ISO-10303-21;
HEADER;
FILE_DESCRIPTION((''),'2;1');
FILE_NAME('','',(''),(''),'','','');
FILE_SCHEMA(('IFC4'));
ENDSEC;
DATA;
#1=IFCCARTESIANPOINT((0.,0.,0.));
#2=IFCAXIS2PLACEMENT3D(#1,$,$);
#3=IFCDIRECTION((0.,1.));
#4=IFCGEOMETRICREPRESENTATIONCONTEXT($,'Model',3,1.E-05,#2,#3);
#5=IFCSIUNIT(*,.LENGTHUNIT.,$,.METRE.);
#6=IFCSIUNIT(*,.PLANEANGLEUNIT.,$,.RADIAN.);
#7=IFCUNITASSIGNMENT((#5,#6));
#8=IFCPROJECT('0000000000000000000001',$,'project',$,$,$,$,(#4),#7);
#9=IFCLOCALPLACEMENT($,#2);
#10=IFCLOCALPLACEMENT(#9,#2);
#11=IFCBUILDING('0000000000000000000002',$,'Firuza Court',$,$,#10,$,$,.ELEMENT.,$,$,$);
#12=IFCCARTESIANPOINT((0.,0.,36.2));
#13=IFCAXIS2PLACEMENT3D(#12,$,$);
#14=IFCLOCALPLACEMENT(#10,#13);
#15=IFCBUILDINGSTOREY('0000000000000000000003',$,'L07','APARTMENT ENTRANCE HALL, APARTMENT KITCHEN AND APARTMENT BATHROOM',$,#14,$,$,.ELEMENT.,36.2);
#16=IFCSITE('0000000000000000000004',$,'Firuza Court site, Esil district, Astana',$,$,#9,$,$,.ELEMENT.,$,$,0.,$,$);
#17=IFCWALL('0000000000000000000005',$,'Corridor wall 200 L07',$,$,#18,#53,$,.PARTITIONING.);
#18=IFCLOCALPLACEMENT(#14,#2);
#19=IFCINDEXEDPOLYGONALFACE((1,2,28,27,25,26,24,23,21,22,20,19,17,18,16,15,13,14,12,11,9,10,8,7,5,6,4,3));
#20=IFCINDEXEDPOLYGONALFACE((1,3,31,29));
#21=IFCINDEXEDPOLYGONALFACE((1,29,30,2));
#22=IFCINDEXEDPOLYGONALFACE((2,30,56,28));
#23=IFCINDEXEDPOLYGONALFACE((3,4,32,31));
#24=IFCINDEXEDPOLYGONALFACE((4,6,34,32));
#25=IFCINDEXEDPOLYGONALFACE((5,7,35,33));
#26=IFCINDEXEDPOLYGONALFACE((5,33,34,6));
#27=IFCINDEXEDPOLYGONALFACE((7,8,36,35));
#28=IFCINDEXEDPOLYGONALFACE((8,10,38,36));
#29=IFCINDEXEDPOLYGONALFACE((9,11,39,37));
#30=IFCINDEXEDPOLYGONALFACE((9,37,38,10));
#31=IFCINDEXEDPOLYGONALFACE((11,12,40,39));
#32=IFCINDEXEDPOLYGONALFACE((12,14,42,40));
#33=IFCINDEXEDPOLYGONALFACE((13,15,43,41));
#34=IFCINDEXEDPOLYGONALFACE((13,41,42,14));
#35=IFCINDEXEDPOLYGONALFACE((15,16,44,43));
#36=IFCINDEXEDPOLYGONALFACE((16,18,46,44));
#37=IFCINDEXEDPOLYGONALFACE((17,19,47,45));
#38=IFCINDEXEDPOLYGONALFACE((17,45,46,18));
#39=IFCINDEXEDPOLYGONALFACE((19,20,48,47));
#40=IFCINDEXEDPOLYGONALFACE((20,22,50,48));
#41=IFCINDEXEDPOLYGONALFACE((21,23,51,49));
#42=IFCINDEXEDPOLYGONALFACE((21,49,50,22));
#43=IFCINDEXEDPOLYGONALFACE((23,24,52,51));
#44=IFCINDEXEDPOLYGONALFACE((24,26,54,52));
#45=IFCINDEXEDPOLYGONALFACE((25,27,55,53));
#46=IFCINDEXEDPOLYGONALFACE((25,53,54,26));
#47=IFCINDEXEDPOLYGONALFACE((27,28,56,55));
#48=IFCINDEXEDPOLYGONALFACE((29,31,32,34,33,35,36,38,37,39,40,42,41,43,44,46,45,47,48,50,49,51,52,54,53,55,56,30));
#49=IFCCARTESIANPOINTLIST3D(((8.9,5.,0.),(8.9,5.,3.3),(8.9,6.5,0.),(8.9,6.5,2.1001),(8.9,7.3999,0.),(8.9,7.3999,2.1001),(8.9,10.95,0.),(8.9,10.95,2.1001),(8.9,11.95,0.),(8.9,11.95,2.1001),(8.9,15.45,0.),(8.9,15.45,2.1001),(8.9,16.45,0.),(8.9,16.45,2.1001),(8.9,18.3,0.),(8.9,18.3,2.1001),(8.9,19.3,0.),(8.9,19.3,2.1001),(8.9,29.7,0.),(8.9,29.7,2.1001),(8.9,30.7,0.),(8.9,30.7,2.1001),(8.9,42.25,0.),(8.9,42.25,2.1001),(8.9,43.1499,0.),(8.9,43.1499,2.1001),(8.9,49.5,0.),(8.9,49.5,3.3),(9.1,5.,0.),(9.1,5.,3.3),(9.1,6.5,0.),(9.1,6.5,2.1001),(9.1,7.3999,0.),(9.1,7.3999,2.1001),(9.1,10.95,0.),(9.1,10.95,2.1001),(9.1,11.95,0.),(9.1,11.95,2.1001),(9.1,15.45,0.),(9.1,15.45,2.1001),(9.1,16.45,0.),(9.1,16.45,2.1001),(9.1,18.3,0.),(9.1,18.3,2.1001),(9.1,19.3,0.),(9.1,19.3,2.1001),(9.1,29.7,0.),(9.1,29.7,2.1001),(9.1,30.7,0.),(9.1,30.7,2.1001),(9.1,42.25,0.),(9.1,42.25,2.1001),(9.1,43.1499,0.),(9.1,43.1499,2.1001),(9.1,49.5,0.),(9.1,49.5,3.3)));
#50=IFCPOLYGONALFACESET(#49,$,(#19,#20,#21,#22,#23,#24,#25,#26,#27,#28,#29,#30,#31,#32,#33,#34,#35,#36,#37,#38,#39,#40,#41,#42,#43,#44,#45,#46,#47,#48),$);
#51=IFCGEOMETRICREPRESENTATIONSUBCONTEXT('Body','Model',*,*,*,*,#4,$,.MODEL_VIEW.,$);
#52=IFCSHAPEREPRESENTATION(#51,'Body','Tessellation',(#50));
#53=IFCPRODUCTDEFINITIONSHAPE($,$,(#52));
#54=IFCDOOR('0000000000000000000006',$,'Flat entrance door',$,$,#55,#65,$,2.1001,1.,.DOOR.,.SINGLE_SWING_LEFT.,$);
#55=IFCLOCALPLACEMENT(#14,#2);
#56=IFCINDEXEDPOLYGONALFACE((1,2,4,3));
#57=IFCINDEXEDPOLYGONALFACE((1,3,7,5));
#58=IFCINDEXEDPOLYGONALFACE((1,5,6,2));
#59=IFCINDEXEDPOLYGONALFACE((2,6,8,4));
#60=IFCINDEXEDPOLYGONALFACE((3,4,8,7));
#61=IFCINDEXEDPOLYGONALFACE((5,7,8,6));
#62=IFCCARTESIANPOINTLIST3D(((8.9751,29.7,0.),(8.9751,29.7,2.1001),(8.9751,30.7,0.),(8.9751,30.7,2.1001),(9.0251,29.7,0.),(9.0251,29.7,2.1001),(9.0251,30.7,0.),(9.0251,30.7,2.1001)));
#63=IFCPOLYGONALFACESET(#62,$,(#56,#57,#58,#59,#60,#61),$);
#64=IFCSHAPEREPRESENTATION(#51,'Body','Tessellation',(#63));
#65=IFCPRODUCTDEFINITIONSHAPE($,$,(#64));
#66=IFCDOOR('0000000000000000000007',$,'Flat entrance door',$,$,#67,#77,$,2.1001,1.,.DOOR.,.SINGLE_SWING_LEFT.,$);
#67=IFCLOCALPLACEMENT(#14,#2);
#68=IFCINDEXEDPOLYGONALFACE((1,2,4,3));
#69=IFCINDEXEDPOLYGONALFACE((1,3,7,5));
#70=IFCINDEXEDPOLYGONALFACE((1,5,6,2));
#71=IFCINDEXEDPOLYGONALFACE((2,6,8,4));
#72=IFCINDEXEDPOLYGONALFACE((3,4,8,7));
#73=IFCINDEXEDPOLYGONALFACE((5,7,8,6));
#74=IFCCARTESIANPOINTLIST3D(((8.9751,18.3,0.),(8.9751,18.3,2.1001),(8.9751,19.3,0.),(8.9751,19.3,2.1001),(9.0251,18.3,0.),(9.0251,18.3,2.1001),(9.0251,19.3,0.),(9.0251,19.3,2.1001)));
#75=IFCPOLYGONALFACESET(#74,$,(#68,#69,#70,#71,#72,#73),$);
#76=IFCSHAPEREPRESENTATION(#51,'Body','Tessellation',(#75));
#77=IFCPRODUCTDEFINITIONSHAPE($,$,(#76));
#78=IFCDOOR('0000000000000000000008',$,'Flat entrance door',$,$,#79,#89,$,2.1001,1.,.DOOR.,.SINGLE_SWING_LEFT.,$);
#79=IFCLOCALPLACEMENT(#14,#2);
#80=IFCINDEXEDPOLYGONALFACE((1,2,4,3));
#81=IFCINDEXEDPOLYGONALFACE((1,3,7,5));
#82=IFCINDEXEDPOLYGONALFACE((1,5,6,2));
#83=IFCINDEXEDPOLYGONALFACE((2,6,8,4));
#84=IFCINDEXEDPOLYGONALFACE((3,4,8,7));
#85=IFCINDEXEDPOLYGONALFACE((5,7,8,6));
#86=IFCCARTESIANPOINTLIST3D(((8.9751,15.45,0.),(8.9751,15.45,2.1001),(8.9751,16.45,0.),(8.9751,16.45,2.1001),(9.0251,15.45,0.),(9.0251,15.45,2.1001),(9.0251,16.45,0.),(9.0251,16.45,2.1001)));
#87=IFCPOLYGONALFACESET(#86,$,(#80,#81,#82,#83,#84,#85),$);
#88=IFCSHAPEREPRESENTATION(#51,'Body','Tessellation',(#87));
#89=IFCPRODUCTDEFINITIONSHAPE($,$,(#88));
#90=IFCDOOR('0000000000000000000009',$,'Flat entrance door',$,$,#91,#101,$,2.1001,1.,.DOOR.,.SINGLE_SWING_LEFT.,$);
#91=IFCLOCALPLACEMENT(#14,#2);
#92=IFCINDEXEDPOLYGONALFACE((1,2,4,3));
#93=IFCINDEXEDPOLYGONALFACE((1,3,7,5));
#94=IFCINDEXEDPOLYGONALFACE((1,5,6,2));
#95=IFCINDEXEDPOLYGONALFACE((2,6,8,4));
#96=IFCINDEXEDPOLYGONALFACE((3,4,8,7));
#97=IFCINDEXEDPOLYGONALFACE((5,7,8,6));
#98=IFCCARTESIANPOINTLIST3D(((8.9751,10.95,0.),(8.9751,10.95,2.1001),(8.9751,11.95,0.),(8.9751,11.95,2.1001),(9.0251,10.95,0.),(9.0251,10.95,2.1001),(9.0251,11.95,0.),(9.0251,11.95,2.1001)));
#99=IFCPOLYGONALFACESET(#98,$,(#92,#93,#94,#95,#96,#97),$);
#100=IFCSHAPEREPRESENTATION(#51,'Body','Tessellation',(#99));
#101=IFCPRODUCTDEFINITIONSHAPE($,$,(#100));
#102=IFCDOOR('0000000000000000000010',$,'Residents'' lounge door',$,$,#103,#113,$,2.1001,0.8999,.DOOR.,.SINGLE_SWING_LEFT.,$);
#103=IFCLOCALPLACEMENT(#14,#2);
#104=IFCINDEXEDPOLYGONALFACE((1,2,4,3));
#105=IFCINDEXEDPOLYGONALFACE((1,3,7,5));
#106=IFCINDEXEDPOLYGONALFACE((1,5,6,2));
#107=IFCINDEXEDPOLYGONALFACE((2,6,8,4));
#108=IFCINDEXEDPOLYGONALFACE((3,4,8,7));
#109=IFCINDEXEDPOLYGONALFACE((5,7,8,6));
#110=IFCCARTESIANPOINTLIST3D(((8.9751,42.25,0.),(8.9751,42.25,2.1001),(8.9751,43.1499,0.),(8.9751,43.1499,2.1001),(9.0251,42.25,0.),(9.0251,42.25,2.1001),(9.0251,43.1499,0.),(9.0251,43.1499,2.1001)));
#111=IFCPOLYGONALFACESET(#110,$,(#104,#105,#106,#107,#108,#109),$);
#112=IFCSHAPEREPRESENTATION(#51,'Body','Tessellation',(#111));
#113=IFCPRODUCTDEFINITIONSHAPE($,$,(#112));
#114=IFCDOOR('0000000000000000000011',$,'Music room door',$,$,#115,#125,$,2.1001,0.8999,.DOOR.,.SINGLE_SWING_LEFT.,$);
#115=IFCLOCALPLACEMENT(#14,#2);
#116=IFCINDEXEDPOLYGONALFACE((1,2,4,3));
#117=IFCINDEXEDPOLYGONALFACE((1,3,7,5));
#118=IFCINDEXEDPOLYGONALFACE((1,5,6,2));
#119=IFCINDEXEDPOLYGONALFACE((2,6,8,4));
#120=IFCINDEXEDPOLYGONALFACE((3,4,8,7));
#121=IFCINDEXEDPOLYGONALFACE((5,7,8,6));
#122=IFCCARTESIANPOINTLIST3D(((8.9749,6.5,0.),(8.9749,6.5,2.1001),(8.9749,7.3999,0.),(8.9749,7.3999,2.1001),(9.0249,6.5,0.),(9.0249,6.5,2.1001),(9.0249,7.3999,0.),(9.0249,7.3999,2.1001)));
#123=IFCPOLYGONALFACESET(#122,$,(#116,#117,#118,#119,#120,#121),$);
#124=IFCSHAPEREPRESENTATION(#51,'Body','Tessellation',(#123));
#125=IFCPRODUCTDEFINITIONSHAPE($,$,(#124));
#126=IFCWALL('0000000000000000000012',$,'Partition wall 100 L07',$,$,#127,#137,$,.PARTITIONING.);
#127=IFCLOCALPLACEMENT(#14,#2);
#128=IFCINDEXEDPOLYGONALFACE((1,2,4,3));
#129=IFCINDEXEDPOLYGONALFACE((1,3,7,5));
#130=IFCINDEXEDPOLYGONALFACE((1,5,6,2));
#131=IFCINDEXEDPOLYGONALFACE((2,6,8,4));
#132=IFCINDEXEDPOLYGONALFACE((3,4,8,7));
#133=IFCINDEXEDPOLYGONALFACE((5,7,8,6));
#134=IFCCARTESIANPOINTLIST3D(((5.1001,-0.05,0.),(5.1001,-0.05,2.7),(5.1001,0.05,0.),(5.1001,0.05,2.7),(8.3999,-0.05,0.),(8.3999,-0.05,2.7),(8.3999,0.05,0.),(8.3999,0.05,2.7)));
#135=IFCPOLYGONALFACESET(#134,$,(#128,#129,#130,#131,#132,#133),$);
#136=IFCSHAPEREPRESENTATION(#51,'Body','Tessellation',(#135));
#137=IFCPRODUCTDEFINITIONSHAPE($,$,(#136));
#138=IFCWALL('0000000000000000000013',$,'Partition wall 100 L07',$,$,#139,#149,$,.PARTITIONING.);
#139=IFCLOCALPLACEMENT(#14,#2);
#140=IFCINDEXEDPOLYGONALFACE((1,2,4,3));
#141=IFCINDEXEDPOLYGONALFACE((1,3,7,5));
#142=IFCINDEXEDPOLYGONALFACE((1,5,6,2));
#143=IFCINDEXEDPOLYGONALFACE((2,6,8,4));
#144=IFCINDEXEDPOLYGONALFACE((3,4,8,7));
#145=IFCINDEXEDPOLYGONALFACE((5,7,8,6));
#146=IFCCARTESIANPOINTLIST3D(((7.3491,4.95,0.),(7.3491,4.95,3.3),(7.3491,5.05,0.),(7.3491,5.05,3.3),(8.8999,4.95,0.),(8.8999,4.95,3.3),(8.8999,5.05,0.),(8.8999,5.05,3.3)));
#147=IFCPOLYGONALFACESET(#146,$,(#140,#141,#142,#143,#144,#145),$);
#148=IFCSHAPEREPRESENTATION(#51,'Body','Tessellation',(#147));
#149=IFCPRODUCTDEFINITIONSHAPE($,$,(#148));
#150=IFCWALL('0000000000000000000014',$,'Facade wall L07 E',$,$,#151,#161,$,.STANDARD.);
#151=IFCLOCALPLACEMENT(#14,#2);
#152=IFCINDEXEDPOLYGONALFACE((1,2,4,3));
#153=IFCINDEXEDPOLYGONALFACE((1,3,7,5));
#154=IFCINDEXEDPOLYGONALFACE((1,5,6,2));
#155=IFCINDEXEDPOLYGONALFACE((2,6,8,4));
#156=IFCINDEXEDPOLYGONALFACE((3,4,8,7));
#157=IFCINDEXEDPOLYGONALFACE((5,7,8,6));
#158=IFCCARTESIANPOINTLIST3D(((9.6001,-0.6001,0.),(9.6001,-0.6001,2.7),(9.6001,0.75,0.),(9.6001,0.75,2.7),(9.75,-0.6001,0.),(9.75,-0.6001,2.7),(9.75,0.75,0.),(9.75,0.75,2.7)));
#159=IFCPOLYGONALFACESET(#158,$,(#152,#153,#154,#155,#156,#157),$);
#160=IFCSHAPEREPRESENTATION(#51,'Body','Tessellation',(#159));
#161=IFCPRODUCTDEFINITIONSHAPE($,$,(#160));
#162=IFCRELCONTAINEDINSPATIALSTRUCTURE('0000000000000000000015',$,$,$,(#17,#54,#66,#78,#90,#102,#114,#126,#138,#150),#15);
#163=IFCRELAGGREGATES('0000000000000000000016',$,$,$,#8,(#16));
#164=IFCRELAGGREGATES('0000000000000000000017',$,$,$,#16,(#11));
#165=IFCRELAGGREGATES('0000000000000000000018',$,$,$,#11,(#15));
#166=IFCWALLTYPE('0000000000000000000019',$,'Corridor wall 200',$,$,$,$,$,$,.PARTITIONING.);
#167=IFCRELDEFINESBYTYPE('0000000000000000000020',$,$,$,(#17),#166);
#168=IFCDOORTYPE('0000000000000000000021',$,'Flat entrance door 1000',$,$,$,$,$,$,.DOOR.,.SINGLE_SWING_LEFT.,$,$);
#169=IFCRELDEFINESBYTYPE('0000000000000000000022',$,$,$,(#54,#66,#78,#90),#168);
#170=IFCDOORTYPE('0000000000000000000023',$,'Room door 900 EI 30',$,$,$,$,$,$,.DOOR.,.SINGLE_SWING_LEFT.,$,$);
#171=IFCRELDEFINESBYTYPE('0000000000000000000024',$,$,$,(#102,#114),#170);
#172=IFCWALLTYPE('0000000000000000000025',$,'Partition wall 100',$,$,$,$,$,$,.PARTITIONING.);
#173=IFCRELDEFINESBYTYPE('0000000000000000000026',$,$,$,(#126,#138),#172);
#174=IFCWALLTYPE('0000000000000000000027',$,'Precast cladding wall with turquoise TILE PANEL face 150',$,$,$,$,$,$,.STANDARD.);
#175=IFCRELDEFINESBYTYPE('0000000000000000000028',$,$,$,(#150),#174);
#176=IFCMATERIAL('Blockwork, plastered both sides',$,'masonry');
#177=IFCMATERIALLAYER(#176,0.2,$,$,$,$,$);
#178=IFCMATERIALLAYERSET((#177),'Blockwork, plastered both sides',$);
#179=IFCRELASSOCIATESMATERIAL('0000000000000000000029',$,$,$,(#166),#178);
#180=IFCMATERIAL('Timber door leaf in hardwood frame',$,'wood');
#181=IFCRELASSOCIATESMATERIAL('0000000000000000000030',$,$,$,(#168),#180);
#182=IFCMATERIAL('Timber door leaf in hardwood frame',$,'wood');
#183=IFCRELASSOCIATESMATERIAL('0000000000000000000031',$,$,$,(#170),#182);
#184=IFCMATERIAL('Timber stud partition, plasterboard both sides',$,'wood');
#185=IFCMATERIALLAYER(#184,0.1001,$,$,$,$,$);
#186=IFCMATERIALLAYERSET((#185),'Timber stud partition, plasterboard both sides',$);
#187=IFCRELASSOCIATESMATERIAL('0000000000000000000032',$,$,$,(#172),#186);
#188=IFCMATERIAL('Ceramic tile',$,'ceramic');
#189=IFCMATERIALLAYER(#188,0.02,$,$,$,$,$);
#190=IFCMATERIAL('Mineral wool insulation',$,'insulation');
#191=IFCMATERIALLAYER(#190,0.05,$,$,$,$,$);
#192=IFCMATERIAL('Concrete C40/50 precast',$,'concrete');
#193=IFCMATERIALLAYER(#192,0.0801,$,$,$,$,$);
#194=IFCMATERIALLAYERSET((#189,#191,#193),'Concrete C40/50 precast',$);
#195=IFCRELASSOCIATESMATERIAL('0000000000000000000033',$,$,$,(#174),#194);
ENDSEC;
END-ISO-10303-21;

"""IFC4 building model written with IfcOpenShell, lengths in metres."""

from ifc_helpers import new_model, si_unit, direction, frame, frame_2d, origin, place, context, subcontext, project, spatial, rectangle, extrude, material, layer, layer_set, type_object, element, fill, save


model = new_model("IFC4")

# Units and contexts
model_context = context("Model", 3, precision=1e-05, world=origin(), true_north=direction((0.0, 1.0)))
body_context = subcontext(model_context, "Body", "Model", "MODEL_VIEW")
ifc_project = project(units=[si_unit("LENGTHUNIT", "METRE"), si_unit("PLANEANGLEUNIT", "RADIAN")], contexts=[model_context])

# Site, building, storey
site_placement = place(None, origin())
site = spatial("IfcSite", under=ifc_project, at=site_placement, Name="Firuza Court site, Esil district, Astana", CompositionType="ELEMENT", RefElevation=0.0)
building_placement = place(site_placement, origin())
building = spatial("IfcBuilding", under=site, at=building_placement, Name="Firuza Court", CompositionType="ELEMENT")
storey_placement = place(building_placement, frame((0.0, 0.0, 36.2)))
storey = spatial("IfcBuildingStorey", under=building, at=storey_placement, Name="L07", Description="APARTMENT ENTRANCE HALL, APARTMENT KITCHEN AND APARTMENT BATHROOM", CompositionType="ELEMENT", Elevation=36.2)

# Wall, openings, doors
ifc_material_1 = material(Name="Blockwork, plastered both sides", Category="masonry")
ifc_layer_1 = layer(ifc_material_1, 0.2)
ifc_layer_set_1 = layer_set([ifc_layer_1], Name="Blockwork, plastered both sides")
wall_type_1 = type_object("IfcWallType", Name="Corridor wall 200", PredefinedType="PARTITIONING", material=ifc_layer_set_1)
wall_1_placement = place(storey_placement, frame((9.0, 5.0, 0.0), z_axis=(0.0, 0.0, 1.0), x_axis=(0.0, 1.0, 0.0)))
wall_1 = element("IfcWall", 1, at=wall_1_placement, inside=storey, type_object=wall_type_1, Name="Corridor wall 200 L07", PredefinedType="PARTITIONING", context=body_context, shape_type="SweptSolid", body=[
    extrude(rectangle(XDim=44.5, YDim=0.2, at=frame_2d((22.25, 0.0))), origin(), (0.0, 0.0, 1.0), 3.3),
])
opening_1_placement = place(wall_1_placement, frame((24.7, 0.0, 0.0)))
opening_1 = element("IfcOpeningElement", 2, at=opening_1_placement, cuts=wall_1, PredefinedType="OPENING", context=body_context, shape_type="SweptSolid", body=[
    extrude(rectangle(XDim=1.0, YDim=2.1001, at=frame_2d((0.5, 1.05))), frame((0.0, 0.1118, 0.0), z_axis=(0.0, -1.0, 0.0), x_axis=(1.0, 0.0, 0.0)), (0.0, 0.0, 1.0), 0.2239),
])
opening_2_placement = place(wall_1_placement, frame((13.3, 0.0, 0.0)))
opening_2 = element("IfcOpeningElement", 3, at=opening_2_placement, cuts=wall_1, PredefinedType="OPENING", context=body_context, shape_type="SweptSolid", body=[
    extrude(rectangle(XDim=1.0, YDim=2.1001, at=frame_2d((0.5, 1.05))), frame((0.0, 0.1118, 0.0), z_axis=(0.0, -1.0, 0.0), x_axis=(1.0, 0.0, 0.0)), (0.0, 0.0, 1.0), 0.2239),
])
opening_3_placement = place(wall_1_placement, frame((10.45, 0.0, 0.0)))
opening_3 = element("IfcOpeningElement", 4, at=opening_3_placement, cuts=wall_1, PredefinedType="OPENING", context=body_context, shape_type="SweptSolid", body=[
    extrude(rectangle(XDim=1.0, YDim=2.1001, at=frame_2d((0.5, 1.05))), frame((0.0, 0.1118, 0.0), z_axis=(0.0, -1.0, 0.0), x_axis=(1.0, 0.0, 0.0)), (0.0, 0.0, 1.0), 0.2239),
])
opening_4_placement = place(wall_1_placement, frame((5.95, 0.0, 0.0)))
opening_4 = element("IfcOpeningElement", 5, at=opening_4_placement, cuts=wall_1, PredefinedType="OPENING", context=body_context, shape_type="SweptSolid", body=[
    extrude(rectangle(XDim=1.0, YDim=2.1001, at=frame_2d((0.5, 1.05))), frame((0.0, 0.1118, 0.0), z_axis=(0.0, -1.0, 0.0), x_axis=(1.0, 0.0, 0.0)), (0.0, 0.0, 1.0), 0.2239),
])
opening_5_placement = place(wall_1_placement, frame((37.25, 0.0, 0.0)))
opening_5 = element("IfcOpeningElement", 6, at=opening_5_placement, cuts=wall_1, PredefinedType="OPENING", context=body_context, shape_type="SweptSolid", body=[
    extrude(rectangle(XDim=0.8999, YDim=2.1001, at=frame_2d((0.45, 1.05))), frame((0.0, 0.1118, 0.0), z_axis=(0.0, -1.0, 0.0), x_axis=(1.0, 0.0, 0.0)), (0.0, 0.0, 1.0), 0.2239),
])
opening_6_placement = place(wall_1_placement, frame((1.5, 0.0, 0.0)))
opening_6 = element("IfcOpeningElement", 7, at=opening_6_placement, cuts=wall_1, PredefinedType="OPENING", context=body_context, shape_type="SweptSolid", body=[
    extrude(rectangle(XDim=0.8999, YDim=2.1001, at=frame_2d((0.45, 1.05))), frame((0.0, 0.1118, 0.0), z_axis=(0.0, -1.0, 0.0), x_axis=(1.0, 0.0, 0.0)), (0.0, 0.0, 1.0), 0.2239),
])
ifc_material_2 = material(Name="Timber door leaf in hardwood frame", Category="wood")
door_type_1 = type_object("IfcDoorType", Name="Flat entrance door 1000", OperationType="SINGLE_SWING_LEFT", PredefinedType="DOOR", material=ifc_material_2)
door_1_placement = place(opening_1_placement, origin())
door_1 = element("IfcDoor", 8, at=door_1_placement, inside=storey, type_object=door_type_1, Name="Flat entrance door", OperationType="SINGLE_SWING_LEFT", OverallHeight=2.1001, OverallWidth=1.0, PredefinedType="DOOR", context=body_context, shape_type="SweptSolid", body=[
    extrude(rectangle(XDim=1.0, YDim=2.1001, at=frame_2d((0.5, 1.05))), frame((0.0, 0.0249, 0.0), z_axis=(0.0, -1.0, 0.0), x_axis=(1.0, 0.0, 0.0)), (0.0, 0.0, 1.0), 0.05),
])
fill(opening_1, door_1)
door_2_placement = place(opening_2_placement, origin())
door_2 = element("IfcDoor", 9, at=door_2_placement, inside=storey, type_object=door_type_1, Name="Flat entrance door", OperationType="SINGLE_SWING_LEFT", OverallHeight=2.1001, OverallWidth=1.0, PredefinedType="DOOR", context=body_context, shape_type="SweptSolid", body=[
    extrude(rectangle(XDim=1.0, YDim=2.1001, at=frame_2d((0.5, 1.05))), frame((0.0, 0.0249, 0.0), z_axis=(0.0, -1.0, 0.0), x_axis=(1.0, 0.0, 0.0)), (0.0, 0.0, 1.0), 0.05),
])
fill(opening_2, door_2)
door_3_placement = place(opening_3_placement, origin())
door_3 = element("IfcDoor", 10, at=door_3_placement, inside=storey, type_object=door_type_1, Name="Flat entrance door", OperationType="SINGLE_SWING_LEFT", OverallHeight=2.1001, OverallWidth=1.0, PredefinedType="DOOR", context=body_context, shape_type="SweptSolid", body=[
    extrude(rectangle(XDim=1.0, YDim=2.1001, at=frame_2d((0.5, 1.05))), frame((0.0, 0.0249, 0.0), z_axis=(0.0, -1.0, 0.0), x_axis=(1.0, 0.0, 0.0)), (0.0, 0.0, 1.0), 0.05),
])
fill(opening_3, door_3)
door_4_placement = place(opening_4_placement, origin())
door_4 = element("IfcDoor", 11, at=door_4_placement, inside=storey, type_object=door_type_1, Name="Flat entrance door", OperationType="SINGLE_SWING_LEFT", OverallHeight=2.1001, OverallWidth=1.0, PredefinedType="DOOR", context=body_context, shape_type="SweptSolid", body=[
    extrude(rectangle(XDim=1.0, YDim=2.1001, at=frame_2d((0.5, 1.05))), frame((0.0, 0.0249, 0.0), z_axis=(0.0, -1.0, 0.0), x_axis=(1.0, 0.0, 0.0)), (0.0, 0.0, 1.0), 0.05),
])
fill(opening_4, door_4)
ifc_material_3 = material(Name="Timber door leaf in hardwood frame", Category="wood")
door_type_2 = type_object("IfcDoorType", Name="Room door 900 EI 30", OperationType="SINGLE_SWING_LEFT", PredefinedType="DOOR", material=ifc_material_3)
door_5_placement = place(opening_5_placement, origin())
door_5 = element("IfcDoor", 12, at=door_5_placement, inside=storey, type_object=door_type_2, Name="Residents' lounge door", OperationType="SINGLE_SWING_LEFT", OverallHeight=2.1001, OverallWidth=0.8999, PredefinedType="DOOR", context=body_context, shape_type="SweptSolid", body=[
    extrude(rectangle(XDim=0.8999, YDim=2.1001, at=frame_2d((0.45, 1.05))), frame((0.0, 0.0249, 0.0), z_axis=(0.0, -1.0, 0.0), x_axis=(1.0, 0.0, 0.0)), (0.0, 0.0, 1.0), 0.05),
])
fill(opening_5, door_5)
door_6_placement = place(opening_6_placement, frame((0.8999, 0.0, 0.0), z_axis=(0.0, 0.0, 1.0), x_axis=(-1.0, 0.0, 0.0)))
door_6 = element("IfcDoor", 13, at=door_6_placement, inside=storey, type_object=door_type_2, Name="Music room door", OperationType="SINGLE_SWING_LEFT", OverallHeight=2.1001, OverallWidth=0.8999, PredefinedType="DOOR", context=body_context, shape_type="SweptSolid", body=[
    extrude(rectangle(XDim=0.8999, YDim=2.1001, at=frame_2d((0.45, 1.05))), frame((0.0, 0.0249, 0.0), z_axis=(0.0, -1.0, 0.0), x_axis=(1.0, 0.0, 0.0)), (0.0, 0.0, 1.0), 0.05),
])
fill(opening_6, door_6)

# Walls
ifc_material_4 = material(Name="Timber stud partition, plasterboard both sides", Category="wood")
ifc_layer_2 = layer(ifc_material_4, 0.1001)
ifc_layer_set_2 = layer_set([ifc_layer_2], Name="Timber stud partition, plasterboard both sides")
wall_type_2 = type_object("IfcWallType", Name="Partition wall 100", PredefinedType="PARTITIONING", material=ifc_layer_set_2)
wall_2_placement = place(storey_placement, frame((5.1001, 0.0, 0.0), z_axis=(0.0, 0.0, 1.0), x_axis=(1.0, 0.0, 0.0)))
element("IfcWall", 14, at=wall_2_placement, inside=storey, type_object=wall_type_2, Name="Partition wall 100 L07", PredefinedType="PARTITIONING", context=body_context, shape_type="SweptSolid", body=[
    extrude(rectangle(XDim=3.2998, YDim=0.1001, at=frame_2d((1.6499, 0.0))), origin(), (0.0, 0.0, 1.0), 2.7),
])
wall_3_placement = place(storey_placement, frame((7.3491, 5.0, 0.0), z_axis=(0.0, 0.0, 1.0), x_axis=(1.0, 0.0, 0.0)))
element("IfcWall", 15, at=wall_3_placement, inside=storey, type_object=wall_type_2, Name="Partition wall 100 L07", PredefinedType="PARTITIONING", context=body_context, shape_type="SweptSolid", body=[
    extrude(rectangle(XDim=1.5508, YDim=0.1001, at=frame_2d((0.7754, 0.0))), origin(), (0.0, 0.0, 1.0), 3.3),
])
ifc_material_5 = material(Name="Ceramic tile", Category="ceramic")
ifc_layer_3 = layer(ifc_material_5, 0.02)
ifc_material_6 = material(Name="Mineral wool insulation", Category="insulation")
ifc_layer_4 = layer(ifc_material_6, 0.05)
ifc_material_7 = material(Name="Concrete C40/50 precast", Category="concrete")
ifc_layer_5 = layer(ifc_material_7, 0.0801)
ifc_layer_set_3 = layer_set([ifc_layer_3, ifc_layer_4, ifc_layer_5], Name="Concrete C40/50 precast")
wall_type_3 = type_object("IfcWallType", Name="Precast cladding wall with turquoise TILE PANEL face 150", PredefinedType="STANDARD", material=ifc_layer_set_3)
wall_4_placement = place(storey_placement, frame((9.675, -0.6001, 0.0), z_axis=(0.0, 0.0, 1.0), x_axis=(0.0, 1.0, 0.0)))
element("IfcWall", 16, at=wall_4_placement, inside=storey, type_object=wall_type_3, Name="Facade wall L07 E", PredefinedType="STANDARD", context=body_context, shape_type="SweptSolid", body=[
    extrude(rectangle(XDim=1.3501, YDim=0.1499, at=frame_2d((0.675, 0.0))), origin(), (0.0, 0.0, 1.0), 2.7),
])

save(model, "model.ifc")
